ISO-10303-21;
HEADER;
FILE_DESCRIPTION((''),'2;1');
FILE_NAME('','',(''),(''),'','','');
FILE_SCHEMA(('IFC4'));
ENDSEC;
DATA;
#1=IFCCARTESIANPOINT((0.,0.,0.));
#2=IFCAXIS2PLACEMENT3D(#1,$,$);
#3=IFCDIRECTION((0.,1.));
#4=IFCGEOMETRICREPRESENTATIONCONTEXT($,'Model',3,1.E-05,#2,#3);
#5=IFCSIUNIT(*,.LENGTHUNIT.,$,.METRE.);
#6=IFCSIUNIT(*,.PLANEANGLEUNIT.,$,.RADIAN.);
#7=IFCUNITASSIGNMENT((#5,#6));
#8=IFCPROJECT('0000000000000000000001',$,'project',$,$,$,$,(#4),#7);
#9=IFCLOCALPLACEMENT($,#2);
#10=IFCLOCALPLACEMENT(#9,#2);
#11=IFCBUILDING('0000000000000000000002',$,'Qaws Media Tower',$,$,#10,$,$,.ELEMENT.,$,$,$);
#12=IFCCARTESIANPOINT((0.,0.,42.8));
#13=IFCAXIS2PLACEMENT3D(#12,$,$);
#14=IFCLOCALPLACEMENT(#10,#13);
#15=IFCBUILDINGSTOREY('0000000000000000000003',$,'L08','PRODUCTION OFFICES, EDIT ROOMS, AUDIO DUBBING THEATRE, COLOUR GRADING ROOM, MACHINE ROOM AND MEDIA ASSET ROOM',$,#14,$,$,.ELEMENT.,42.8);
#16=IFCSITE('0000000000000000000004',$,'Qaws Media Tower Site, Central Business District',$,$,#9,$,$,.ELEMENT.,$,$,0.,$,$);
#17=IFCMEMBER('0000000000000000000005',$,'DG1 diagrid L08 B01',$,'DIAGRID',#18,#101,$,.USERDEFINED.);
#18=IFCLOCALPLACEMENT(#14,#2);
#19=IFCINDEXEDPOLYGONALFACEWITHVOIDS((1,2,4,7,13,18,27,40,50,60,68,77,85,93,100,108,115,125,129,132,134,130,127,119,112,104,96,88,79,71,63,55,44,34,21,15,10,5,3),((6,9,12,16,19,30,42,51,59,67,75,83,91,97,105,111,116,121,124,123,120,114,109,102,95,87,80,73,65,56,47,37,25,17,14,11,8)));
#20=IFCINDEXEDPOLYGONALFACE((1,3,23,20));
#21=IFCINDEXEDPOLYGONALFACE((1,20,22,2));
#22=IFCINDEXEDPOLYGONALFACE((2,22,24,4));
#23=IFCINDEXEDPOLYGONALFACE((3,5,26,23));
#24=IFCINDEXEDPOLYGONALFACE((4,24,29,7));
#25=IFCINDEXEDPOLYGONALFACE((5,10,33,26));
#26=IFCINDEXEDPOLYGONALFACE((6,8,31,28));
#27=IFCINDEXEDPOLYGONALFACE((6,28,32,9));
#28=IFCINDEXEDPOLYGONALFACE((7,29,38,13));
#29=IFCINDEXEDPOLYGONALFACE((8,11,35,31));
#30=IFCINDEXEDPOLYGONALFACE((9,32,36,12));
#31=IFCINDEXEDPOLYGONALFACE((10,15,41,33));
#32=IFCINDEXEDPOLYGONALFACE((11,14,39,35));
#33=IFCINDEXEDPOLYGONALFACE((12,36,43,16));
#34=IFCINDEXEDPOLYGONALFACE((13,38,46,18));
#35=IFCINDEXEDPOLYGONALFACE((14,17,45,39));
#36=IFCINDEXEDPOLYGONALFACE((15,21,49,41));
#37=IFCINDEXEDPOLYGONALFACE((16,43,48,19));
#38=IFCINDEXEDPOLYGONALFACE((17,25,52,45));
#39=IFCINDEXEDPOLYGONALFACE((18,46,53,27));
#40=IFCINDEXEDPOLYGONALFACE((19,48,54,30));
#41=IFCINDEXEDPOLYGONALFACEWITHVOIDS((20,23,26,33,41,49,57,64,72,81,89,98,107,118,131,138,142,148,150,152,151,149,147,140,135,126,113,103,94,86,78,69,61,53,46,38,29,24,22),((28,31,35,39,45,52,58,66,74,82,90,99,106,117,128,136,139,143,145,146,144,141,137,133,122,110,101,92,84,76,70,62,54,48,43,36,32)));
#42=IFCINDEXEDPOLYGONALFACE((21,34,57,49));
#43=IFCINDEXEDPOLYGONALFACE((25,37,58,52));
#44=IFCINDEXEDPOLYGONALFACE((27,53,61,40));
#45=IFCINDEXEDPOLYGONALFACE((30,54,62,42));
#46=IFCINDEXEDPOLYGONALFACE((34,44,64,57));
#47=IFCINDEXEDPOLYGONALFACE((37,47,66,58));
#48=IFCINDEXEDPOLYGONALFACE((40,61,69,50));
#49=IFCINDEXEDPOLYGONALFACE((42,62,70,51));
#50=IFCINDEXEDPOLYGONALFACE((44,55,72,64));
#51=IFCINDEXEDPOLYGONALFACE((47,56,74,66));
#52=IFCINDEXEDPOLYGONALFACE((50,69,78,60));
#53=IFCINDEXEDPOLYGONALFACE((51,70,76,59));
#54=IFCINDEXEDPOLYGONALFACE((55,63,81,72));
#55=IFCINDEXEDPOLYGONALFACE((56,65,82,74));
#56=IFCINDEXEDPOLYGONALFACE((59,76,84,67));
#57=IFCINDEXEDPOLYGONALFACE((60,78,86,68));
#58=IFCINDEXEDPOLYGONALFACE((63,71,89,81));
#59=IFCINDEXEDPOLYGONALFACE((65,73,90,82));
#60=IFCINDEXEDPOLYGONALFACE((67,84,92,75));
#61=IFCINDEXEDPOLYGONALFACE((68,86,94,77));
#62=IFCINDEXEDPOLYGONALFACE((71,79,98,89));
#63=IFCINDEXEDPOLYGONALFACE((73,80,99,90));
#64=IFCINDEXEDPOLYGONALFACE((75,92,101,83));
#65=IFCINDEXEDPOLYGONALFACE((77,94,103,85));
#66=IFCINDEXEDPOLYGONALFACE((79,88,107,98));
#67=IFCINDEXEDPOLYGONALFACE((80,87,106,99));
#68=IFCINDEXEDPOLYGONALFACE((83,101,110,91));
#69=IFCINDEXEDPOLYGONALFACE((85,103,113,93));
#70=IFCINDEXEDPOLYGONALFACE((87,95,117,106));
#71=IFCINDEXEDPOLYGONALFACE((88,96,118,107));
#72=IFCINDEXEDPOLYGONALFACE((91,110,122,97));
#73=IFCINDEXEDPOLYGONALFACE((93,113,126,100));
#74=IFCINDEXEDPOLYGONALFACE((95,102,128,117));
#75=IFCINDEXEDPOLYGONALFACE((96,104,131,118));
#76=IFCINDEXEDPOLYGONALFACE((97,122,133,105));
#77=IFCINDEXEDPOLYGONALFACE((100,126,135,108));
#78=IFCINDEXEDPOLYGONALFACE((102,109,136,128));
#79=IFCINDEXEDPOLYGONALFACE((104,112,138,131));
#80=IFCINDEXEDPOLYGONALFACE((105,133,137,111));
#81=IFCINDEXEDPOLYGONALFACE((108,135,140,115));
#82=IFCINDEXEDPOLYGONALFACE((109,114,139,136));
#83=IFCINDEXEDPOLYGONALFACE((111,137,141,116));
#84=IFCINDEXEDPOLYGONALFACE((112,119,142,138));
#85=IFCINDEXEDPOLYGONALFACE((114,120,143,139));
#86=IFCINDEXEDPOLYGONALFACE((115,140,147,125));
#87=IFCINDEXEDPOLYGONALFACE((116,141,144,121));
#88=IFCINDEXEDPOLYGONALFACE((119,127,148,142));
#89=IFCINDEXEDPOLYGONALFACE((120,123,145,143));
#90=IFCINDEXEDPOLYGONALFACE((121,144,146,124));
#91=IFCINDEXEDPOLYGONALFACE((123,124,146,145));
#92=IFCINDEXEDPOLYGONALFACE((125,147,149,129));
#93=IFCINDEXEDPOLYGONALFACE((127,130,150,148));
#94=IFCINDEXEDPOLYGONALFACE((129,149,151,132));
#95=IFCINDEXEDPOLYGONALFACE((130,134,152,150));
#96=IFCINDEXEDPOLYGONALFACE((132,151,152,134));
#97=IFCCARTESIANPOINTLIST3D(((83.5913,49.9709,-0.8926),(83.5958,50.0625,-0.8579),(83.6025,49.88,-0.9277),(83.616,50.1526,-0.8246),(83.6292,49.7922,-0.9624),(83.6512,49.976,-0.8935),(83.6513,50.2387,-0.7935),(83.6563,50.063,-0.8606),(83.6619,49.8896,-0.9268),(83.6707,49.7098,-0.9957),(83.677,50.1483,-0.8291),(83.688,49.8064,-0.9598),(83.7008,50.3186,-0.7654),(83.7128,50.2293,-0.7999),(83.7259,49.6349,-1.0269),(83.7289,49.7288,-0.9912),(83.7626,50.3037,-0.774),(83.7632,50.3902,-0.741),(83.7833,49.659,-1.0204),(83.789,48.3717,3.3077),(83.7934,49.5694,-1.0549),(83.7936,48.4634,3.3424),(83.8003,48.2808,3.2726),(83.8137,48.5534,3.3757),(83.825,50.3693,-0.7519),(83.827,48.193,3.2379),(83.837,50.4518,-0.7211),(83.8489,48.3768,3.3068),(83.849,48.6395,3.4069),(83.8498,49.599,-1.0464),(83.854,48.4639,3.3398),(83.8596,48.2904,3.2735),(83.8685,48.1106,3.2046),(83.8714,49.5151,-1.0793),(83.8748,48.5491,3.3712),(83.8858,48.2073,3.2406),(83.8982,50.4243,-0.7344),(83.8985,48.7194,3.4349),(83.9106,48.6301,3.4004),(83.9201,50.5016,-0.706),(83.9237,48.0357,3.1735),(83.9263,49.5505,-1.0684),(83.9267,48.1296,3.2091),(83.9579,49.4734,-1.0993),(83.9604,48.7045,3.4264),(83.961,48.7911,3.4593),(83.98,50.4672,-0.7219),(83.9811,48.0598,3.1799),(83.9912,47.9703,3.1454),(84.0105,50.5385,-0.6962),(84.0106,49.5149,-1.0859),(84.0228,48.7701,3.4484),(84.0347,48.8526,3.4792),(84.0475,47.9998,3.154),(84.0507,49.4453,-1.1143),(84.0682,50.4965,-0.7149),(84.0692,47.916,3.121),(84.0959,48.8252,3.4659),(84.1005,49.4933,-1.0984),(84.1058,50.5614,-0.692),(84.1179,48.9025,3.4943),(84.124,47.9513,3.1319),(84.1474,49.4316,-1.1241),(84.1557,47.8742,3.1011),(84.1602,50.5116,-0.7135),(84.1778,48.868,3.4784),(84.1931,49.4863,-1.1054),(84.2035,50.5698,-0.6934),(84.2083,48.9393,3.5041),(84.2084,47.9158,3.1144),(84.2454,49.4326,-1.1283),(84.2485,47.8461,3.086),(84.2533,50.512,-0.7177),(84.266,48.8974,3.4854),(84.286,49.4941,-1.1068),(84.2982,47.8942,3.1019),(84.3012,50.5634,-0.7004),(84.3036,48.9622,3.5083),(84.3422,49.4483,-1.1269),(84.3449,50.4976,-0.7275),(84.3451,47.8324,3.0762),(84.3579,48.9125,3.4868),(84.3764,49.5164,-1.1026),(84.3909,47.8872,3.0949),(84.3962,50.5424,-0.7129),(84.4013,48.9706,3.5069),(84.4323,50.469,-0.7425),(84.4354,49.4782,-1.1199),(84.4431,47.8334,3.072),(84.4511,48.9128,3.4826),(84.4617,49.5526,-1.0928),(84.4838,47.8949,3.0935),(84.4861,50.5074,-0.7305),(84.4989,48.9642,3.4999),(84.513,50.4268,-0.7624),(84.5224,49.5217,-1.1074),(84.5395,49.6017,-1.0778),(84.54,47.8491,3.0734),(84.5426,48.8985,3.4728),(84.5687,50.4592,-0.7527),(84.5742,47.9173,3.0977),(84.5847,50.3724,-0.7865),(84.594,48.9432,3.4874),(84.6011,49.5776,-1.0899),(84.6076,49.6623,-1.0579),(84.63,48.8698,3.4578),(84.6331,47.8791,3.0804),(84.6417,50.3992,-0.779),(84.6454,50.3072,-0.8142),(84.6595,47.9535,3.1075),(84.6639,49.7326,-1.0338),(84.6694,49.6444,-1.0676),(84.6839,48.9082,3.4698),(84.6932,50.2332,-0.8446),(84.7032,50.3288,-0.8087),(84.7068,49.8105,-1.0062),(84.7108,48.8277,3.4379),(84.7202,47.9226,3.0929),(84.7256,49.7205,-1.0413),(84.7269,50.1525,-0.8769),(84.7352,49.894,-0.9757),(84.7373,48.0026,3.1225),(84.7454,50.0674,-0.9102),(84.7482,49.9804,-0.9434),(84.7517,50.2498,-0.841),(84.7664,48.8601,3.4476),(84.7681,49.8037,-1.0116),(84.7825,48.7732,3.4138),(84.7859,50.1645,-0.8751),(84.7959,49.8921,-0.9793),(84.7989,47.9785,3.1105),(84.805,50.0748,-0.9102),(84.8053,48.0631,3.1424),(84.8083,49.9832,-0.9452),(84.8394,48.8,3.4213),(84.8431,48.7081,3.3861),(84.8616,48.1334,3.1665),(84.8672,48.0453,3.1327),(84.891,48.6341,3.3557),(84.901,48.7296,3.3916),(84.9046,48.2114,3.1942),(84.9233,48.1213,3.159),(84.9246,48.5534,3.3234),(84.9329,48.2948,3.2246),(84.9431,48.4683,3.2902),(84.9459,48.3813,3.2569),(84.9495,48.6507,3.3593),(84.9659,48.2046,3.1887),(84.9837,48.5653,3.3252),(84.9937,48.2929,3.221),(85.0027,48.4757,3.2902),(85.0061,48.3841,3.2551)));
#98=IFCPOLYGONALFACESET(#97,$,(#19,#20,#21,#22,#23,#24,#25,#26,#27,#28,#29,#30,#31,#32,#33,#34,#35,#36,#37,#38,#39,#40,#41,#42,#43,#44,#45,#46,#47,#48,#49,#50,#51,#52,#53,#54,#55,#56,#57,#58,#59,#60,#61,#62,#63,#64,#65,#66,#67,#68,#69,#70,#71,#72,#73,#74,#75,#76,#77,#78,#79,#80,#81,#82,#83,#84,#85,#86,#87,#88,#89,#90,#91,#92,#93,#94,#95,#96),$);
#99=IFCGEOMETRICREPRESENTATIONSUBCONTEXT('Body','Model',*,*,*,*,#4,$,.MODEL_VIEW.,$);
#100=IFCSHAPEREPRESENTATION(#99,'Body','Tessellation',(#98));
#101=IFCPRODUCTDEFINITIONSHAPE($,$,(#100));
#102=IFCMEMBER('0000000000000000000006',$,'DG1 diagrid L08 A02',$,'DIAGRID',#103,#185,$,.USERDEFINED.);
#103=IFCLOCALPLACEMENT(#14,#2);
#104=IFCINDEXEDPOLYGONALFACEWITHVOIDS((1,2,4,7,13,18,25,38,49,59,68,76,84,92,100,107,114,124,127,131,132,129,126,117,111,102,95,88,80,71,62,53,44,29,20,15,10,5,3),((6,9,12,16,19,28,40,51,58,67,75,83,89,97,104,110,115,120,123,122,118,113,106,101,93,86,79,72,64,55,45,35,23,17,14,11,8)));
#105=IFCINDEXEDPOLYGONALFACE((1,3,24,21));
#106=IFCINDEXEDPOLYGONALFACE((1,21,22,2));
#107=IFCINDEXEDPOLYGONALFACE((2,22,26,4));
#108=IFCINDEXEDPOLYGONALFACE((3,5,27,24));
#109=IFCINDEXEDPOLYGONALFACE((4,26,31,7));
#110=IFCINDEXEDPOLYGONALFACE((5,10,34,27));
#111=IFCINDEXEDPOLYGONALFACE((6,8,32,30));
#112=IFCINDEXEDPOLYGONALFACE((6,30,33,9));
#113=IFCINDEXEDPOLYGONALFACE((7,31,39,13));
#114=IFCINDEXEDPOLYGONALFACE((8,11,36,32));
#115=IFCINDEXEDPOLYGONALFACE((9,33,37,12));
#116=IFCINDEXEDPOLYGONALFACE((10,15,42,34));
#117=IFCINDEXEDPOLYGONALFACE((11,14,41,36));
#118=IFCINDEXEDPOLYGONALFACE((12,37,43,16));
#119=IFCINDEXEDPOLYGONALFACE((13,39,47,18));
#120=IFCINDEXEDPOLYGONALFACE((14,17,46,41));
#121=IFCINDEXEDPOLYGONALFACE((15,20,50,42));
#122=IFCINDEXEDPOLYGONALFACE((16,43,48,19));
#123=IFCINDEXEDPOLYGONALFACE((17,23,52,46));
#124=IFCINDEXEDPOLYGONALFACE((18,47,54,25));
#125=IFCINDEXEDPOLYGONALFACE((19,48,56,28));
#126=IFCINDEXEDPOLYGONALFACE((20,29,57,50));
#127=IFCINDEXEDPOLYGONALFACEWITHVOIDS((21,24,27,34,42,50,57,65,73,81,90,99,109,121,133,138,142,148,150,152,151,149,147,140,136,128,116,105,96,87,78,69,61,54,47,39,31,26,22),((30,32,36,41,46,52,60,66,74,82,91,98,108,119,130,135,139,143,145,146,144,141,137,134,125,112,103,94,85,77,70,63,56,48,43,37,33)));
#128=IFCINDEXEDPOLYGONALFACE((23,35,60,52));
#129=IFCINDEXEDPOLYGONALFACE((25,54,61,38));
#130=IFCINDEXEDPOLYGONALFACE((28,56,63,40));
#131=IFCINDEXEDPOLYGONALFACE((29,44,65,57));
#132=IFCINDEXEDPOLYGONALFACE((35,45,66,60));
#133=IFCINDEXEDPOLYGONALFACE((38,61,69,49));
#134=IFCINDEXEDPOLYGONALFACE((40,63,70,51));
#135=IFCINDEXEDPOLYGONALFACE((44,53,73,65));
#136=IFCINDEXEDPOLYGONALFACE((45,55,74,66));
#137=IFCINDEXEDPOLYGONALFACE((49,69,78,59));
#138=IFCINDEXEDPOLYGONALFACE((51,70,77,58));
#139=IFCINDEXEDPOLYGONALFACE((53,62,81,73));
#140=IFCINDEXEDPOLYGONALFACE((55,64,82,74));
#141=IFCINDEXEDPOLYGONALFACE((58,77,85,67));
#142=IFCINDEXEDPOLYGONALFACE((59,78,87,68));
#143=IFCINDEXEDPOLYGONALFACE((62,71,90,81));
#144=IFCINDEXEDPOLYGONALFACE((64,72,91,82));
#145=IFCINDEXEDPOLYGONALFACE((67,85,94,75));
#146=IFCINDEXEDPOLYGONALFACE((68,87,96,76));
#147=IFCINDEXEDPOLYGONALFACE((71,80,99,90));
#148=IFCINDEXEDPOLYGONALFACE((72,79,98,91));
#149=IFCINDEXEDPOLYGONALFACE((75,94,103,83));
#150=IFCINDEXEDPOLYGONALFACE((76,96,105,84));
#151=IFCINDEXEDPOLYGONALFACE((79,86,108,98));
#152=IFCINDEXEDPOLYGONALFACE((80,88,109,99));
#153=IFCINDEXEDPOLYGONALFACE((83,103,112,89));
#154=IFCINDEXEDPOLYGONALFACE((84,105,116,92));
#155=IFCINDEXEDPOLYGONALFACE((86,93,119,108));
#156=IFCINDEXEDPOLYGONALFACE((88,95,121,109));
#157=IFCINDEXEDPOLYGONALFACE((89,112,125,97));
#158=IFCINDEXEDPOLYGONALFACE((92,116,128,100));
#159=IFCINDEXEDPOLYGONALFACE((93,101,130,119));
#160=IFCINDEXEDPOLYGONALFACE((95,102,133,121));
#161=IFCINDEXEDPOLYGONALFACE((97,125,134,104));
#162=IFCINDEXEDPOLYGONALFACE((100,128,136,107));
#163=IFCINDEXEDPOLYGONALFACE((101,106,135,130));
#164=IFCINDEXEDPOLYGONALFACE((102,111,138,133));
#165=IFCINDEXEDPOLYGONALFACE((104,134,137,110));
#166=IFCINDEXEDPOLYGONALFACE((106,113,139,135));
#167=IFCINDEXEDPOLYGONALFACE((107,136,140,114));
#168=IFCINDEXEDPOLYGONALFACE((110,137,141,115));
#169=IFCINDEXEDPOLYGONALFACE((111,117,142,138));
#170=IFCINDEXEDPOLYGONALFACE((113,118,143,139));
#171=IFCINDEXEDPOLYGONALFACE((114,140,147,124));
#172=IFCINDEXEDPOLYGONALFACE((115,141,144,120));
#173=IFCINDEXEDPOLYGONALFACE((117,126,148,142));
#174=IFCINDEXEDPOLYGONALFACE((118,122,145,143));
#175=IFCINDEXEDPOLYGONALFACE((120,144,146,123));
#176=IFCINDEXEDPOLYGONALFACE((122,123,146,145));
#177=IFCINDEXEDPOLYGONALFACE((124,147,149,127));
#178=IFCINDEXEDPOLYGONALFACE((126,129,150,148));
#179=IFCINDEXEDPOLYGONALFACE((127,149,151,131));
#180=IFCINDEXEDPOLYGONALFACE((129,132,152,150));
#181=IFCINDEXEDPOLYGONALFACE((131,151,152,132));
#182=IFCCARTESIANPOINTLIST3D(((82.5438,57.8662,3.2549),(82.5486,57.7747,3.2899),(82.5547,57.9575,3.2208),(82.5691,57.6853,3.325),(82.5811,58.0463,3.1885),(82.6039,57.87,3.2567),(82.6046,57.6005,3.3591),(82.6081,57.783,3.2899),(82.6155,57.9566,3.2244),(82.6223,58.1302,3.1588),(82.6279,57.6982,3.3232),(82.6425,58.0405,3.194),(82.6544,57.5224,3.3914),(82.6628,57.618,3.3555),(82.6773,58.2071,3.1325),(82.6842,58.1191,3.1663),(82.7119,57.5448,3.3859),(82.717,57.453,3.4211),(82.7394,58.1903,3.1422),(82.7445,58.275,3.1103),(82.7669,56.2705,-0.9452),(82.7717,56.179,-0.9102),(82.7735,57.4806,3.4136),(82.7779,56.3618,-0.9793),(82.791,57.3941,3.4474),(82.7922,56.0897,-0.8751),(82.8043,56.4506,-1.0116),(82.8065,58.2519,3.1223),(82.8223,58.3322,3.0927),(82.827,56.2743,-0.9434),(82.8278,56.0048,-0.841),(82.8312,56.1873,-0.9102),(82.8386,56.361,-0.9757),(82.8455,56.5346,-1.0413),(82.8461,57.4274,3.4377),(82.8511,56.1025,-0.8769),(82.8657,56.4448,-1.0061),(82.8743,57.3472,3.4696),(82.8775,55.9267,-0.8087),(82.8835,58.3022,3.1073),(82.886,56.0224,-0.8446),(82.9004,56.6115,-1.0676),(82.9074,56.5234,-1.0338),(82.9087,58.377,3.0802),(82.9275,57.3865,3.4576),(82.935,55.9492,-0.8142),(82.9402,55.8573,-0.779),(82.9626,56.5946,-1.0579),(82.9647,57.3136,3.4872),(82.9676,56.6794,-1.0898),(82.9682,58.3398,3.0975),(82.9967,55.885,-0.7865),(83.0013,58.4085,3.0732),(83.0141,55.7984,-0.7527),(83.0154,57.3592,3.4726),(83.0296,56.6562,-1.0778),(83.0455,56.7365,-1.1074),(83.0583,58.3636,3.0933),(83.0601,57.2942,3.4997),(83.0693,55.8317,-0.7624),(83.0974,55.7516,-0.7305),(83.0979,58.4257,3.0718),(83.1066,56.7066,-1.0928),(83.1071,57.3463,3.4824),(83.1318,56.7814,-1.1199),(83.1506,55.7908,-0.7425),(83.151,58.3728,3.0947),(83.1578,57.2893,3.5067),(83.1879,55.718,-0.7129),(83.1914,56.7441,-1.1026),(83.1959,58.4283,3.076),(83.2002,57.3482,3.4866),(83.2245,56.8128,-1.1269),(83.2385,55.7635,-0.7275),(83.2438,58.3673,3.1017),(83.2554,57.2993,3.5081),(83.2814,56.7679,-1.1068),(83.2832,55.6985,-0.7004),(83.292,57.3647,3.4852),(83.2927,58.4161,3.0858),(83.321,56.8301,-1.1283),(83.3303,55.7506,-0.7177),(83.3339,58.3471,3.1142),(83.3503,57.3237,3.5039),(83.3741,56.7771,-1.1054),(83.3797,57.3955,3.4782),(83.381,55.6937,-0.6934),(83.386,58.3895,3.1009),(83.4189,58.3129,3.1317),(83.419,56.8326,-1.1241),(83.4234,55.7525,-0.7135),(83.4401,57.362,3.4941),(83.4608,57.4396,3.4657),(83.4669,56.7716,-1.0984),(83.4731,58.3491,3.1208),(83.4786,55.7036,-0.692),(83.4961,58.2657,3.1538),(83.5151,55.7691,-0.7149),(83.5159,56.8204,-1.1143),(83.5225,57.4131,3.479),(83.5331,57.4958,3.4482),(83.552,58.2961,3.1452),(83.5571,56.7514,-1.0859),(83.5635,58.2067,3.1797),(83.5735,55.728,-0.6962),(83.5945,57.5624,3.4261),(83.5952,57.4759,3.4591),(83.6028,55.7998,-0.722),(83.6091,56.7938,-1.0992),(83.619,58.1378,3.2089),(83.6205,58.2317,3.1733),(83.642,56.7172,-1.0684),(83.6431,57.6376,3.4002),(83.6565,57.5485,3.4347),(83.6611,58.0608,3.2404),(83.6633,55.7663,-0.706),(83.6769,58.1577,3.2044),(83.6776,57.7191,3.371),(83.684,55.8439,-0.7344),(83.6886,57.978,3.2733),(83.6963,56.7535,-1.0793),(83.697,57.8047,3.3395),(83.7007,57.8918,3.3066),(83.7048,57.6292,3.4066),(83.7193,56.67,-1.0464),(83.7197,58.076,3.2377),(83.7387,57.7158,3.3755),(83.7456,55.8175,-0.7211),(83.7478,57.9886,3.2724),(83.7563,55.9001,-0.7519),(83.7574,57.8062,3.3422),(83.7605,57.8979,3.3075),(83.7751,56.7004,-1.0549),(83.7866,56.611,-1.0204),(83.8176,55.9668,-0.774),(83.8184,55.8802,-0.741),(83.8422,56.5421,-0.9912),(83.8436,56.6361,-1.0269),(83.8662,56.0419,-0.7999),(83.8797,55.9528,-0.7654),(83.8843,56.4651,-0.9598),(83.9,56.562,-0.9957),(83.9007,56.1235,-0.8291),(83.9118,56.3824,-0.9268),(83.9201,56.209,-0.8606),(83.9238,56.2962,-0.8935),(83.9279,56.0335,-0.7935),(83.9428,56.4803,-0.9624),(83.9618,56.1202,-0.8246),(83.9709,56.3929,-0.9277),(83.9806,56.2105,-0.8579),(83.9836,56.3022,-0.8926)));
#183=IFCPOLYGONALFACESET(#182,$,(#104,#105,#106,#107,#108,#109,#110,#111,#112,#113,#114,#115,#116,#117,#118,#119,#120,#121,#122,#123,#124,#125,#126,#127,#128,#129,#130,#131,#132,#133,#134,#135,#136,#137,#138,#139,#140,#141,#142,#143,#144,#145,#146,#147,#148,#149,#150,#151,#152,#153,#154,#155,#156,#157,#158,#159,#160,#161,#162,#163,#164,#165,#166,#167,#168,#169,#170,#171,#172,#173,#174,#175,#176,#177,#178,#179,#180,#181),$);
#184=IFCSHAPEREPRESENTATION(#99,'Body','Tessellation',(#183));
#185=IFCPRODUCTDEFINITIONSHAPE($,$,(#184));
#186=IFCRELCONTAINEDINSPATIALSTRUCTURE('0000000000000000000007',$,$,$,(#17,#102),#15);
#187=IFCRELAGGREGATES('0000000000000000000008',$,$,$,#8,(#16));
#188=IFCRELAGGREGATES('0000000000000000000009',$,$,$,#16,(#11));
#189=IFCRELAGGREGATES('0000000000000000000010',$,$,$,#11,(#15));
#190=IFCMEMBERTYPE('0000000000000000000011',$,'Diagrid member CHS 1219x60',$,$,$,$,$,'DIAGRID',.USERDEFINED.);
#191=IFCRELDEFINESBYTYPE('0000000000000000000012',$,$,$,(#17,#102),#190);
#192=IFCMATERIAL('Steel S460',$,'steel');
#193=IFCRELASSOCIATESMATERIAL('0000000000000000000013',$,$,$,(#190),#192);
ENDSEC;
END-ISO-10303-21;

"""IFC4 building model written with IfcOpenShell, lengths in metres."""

from ifc_helpers import new_model, si_unit, direction, frame, origin, origin_2d, place, context, subcontext, project, spatial, hollow_circle, extrude, material, material_profile, profile_set, type_object, element, save


model = new_model("IFC4")

# Units and contexts
model_context = context("Model", 3, precision=1e-05, world=origin(), true_north=direction((0.0, 1.0)))
body_context = subcontext(model_context, "Body", "Model", "MODEL_VIEW")
ifc_project = project(units=[si_unit("LENGTHUNIT", "METRE"), si_unit("PLANEANGLEUNIT", "RADIAN")], contexts=[model_context])

# Site, building, storey
site_placement = place(None, origin())
site = spatial("IfcSite", under=ifc_project, at=site_placement, Name="Qaws Media Tower Site, Central Business District", CompositionType="ELEMENT", RefElevation=0.0)
building_placement = place(site_placement, origin())
building = spatial("IfcBuilding", under=site, at=building_placement, Name="Qaws Media Tower", CompositionType="ELEMENT")
storey_placement = place(building_placement, frame((0.0, 0.0, 42.8)))
storey = spatial("IfcBuildingStorey", under=building, at=storey_placement, Name="L08", Description="PRODUCTION OFFICES, EDIT ROOMS, AUDIO DUBBING THEATRE, COLOUR GRADING ROOM, MACHINE ROOM AND MEDIA ASSET ROOM", CompositionType="ELEMENT", Elevation=42.8)

# Members
ifc_material_1 = material(Name="Steel S460", Category="steel")
ifc_material_profile_1 = material_profile(ifc_material_1, hollow_circle(Radius=0.6096, WallThickness=0.0601, at=origin_2d()), Name="CHS 1219x60")
ifc_profile_set_1 = profile_set([ifc_material_profile_1], Name="Steel S460")
member_type_1 = type_object("IfcMemberType", Name="Diagrid member CHS 1219x60", ElementType="DIAGRID", PredefinedType="USERDEFINED", material=ifc_profile_set_1)
for number, where, z_axis, x_axis, name in (
    (1, (84.2, 50.0, -0.9102), (0.043958, -0.355466, 0.933655), (0.99244, 0.122729, 0.0), "DG1 diagrid L08 B01"),
):
    element("IfcMember", number, at=place(storey_placement, frame(where, z_axis=z_axis, x_axis=x_axis)), inside=storey, type_object=member_type_1, Name=name, ObjectType="DIAGRID", PredefinedType="USERDEFINED", context=body_context, shape_type="SweptSolid", body=[
        extrude(hollow_circle(Radius=0.6096, WallThickness=0.0601, at=origin_2d()), origin(), (0.0, 0.0, 1.0), 4.4988),
    ])
for number, where, z_axis, x_axis, name in (
    (2, (83.3755, 56.2634, -0.9102), (-0.049603, 0.354708, 0.93366), (-0.990363, -0.138493, 0.0), "DG1 diagrid L08 A02"),
):
    element("IfcMember", number, at=place(storey_placement, frame(where, z_axis=z_axis, x_axis=x_axis)), inside=storey, type_object=member_type_1, Name=name, ObjectType="DIAGRID", PredefinedType="USERDEFINED", context=body_context, shape_type="SweptSolid", body=[
        extrude(hollow_circle(Radius=0.6096, WallThickness=0.0601, at=origin_2d()), origin(), (0.0, 0.0, 1.0), 4.4985),
    ])

save(model, "model.ifc")
